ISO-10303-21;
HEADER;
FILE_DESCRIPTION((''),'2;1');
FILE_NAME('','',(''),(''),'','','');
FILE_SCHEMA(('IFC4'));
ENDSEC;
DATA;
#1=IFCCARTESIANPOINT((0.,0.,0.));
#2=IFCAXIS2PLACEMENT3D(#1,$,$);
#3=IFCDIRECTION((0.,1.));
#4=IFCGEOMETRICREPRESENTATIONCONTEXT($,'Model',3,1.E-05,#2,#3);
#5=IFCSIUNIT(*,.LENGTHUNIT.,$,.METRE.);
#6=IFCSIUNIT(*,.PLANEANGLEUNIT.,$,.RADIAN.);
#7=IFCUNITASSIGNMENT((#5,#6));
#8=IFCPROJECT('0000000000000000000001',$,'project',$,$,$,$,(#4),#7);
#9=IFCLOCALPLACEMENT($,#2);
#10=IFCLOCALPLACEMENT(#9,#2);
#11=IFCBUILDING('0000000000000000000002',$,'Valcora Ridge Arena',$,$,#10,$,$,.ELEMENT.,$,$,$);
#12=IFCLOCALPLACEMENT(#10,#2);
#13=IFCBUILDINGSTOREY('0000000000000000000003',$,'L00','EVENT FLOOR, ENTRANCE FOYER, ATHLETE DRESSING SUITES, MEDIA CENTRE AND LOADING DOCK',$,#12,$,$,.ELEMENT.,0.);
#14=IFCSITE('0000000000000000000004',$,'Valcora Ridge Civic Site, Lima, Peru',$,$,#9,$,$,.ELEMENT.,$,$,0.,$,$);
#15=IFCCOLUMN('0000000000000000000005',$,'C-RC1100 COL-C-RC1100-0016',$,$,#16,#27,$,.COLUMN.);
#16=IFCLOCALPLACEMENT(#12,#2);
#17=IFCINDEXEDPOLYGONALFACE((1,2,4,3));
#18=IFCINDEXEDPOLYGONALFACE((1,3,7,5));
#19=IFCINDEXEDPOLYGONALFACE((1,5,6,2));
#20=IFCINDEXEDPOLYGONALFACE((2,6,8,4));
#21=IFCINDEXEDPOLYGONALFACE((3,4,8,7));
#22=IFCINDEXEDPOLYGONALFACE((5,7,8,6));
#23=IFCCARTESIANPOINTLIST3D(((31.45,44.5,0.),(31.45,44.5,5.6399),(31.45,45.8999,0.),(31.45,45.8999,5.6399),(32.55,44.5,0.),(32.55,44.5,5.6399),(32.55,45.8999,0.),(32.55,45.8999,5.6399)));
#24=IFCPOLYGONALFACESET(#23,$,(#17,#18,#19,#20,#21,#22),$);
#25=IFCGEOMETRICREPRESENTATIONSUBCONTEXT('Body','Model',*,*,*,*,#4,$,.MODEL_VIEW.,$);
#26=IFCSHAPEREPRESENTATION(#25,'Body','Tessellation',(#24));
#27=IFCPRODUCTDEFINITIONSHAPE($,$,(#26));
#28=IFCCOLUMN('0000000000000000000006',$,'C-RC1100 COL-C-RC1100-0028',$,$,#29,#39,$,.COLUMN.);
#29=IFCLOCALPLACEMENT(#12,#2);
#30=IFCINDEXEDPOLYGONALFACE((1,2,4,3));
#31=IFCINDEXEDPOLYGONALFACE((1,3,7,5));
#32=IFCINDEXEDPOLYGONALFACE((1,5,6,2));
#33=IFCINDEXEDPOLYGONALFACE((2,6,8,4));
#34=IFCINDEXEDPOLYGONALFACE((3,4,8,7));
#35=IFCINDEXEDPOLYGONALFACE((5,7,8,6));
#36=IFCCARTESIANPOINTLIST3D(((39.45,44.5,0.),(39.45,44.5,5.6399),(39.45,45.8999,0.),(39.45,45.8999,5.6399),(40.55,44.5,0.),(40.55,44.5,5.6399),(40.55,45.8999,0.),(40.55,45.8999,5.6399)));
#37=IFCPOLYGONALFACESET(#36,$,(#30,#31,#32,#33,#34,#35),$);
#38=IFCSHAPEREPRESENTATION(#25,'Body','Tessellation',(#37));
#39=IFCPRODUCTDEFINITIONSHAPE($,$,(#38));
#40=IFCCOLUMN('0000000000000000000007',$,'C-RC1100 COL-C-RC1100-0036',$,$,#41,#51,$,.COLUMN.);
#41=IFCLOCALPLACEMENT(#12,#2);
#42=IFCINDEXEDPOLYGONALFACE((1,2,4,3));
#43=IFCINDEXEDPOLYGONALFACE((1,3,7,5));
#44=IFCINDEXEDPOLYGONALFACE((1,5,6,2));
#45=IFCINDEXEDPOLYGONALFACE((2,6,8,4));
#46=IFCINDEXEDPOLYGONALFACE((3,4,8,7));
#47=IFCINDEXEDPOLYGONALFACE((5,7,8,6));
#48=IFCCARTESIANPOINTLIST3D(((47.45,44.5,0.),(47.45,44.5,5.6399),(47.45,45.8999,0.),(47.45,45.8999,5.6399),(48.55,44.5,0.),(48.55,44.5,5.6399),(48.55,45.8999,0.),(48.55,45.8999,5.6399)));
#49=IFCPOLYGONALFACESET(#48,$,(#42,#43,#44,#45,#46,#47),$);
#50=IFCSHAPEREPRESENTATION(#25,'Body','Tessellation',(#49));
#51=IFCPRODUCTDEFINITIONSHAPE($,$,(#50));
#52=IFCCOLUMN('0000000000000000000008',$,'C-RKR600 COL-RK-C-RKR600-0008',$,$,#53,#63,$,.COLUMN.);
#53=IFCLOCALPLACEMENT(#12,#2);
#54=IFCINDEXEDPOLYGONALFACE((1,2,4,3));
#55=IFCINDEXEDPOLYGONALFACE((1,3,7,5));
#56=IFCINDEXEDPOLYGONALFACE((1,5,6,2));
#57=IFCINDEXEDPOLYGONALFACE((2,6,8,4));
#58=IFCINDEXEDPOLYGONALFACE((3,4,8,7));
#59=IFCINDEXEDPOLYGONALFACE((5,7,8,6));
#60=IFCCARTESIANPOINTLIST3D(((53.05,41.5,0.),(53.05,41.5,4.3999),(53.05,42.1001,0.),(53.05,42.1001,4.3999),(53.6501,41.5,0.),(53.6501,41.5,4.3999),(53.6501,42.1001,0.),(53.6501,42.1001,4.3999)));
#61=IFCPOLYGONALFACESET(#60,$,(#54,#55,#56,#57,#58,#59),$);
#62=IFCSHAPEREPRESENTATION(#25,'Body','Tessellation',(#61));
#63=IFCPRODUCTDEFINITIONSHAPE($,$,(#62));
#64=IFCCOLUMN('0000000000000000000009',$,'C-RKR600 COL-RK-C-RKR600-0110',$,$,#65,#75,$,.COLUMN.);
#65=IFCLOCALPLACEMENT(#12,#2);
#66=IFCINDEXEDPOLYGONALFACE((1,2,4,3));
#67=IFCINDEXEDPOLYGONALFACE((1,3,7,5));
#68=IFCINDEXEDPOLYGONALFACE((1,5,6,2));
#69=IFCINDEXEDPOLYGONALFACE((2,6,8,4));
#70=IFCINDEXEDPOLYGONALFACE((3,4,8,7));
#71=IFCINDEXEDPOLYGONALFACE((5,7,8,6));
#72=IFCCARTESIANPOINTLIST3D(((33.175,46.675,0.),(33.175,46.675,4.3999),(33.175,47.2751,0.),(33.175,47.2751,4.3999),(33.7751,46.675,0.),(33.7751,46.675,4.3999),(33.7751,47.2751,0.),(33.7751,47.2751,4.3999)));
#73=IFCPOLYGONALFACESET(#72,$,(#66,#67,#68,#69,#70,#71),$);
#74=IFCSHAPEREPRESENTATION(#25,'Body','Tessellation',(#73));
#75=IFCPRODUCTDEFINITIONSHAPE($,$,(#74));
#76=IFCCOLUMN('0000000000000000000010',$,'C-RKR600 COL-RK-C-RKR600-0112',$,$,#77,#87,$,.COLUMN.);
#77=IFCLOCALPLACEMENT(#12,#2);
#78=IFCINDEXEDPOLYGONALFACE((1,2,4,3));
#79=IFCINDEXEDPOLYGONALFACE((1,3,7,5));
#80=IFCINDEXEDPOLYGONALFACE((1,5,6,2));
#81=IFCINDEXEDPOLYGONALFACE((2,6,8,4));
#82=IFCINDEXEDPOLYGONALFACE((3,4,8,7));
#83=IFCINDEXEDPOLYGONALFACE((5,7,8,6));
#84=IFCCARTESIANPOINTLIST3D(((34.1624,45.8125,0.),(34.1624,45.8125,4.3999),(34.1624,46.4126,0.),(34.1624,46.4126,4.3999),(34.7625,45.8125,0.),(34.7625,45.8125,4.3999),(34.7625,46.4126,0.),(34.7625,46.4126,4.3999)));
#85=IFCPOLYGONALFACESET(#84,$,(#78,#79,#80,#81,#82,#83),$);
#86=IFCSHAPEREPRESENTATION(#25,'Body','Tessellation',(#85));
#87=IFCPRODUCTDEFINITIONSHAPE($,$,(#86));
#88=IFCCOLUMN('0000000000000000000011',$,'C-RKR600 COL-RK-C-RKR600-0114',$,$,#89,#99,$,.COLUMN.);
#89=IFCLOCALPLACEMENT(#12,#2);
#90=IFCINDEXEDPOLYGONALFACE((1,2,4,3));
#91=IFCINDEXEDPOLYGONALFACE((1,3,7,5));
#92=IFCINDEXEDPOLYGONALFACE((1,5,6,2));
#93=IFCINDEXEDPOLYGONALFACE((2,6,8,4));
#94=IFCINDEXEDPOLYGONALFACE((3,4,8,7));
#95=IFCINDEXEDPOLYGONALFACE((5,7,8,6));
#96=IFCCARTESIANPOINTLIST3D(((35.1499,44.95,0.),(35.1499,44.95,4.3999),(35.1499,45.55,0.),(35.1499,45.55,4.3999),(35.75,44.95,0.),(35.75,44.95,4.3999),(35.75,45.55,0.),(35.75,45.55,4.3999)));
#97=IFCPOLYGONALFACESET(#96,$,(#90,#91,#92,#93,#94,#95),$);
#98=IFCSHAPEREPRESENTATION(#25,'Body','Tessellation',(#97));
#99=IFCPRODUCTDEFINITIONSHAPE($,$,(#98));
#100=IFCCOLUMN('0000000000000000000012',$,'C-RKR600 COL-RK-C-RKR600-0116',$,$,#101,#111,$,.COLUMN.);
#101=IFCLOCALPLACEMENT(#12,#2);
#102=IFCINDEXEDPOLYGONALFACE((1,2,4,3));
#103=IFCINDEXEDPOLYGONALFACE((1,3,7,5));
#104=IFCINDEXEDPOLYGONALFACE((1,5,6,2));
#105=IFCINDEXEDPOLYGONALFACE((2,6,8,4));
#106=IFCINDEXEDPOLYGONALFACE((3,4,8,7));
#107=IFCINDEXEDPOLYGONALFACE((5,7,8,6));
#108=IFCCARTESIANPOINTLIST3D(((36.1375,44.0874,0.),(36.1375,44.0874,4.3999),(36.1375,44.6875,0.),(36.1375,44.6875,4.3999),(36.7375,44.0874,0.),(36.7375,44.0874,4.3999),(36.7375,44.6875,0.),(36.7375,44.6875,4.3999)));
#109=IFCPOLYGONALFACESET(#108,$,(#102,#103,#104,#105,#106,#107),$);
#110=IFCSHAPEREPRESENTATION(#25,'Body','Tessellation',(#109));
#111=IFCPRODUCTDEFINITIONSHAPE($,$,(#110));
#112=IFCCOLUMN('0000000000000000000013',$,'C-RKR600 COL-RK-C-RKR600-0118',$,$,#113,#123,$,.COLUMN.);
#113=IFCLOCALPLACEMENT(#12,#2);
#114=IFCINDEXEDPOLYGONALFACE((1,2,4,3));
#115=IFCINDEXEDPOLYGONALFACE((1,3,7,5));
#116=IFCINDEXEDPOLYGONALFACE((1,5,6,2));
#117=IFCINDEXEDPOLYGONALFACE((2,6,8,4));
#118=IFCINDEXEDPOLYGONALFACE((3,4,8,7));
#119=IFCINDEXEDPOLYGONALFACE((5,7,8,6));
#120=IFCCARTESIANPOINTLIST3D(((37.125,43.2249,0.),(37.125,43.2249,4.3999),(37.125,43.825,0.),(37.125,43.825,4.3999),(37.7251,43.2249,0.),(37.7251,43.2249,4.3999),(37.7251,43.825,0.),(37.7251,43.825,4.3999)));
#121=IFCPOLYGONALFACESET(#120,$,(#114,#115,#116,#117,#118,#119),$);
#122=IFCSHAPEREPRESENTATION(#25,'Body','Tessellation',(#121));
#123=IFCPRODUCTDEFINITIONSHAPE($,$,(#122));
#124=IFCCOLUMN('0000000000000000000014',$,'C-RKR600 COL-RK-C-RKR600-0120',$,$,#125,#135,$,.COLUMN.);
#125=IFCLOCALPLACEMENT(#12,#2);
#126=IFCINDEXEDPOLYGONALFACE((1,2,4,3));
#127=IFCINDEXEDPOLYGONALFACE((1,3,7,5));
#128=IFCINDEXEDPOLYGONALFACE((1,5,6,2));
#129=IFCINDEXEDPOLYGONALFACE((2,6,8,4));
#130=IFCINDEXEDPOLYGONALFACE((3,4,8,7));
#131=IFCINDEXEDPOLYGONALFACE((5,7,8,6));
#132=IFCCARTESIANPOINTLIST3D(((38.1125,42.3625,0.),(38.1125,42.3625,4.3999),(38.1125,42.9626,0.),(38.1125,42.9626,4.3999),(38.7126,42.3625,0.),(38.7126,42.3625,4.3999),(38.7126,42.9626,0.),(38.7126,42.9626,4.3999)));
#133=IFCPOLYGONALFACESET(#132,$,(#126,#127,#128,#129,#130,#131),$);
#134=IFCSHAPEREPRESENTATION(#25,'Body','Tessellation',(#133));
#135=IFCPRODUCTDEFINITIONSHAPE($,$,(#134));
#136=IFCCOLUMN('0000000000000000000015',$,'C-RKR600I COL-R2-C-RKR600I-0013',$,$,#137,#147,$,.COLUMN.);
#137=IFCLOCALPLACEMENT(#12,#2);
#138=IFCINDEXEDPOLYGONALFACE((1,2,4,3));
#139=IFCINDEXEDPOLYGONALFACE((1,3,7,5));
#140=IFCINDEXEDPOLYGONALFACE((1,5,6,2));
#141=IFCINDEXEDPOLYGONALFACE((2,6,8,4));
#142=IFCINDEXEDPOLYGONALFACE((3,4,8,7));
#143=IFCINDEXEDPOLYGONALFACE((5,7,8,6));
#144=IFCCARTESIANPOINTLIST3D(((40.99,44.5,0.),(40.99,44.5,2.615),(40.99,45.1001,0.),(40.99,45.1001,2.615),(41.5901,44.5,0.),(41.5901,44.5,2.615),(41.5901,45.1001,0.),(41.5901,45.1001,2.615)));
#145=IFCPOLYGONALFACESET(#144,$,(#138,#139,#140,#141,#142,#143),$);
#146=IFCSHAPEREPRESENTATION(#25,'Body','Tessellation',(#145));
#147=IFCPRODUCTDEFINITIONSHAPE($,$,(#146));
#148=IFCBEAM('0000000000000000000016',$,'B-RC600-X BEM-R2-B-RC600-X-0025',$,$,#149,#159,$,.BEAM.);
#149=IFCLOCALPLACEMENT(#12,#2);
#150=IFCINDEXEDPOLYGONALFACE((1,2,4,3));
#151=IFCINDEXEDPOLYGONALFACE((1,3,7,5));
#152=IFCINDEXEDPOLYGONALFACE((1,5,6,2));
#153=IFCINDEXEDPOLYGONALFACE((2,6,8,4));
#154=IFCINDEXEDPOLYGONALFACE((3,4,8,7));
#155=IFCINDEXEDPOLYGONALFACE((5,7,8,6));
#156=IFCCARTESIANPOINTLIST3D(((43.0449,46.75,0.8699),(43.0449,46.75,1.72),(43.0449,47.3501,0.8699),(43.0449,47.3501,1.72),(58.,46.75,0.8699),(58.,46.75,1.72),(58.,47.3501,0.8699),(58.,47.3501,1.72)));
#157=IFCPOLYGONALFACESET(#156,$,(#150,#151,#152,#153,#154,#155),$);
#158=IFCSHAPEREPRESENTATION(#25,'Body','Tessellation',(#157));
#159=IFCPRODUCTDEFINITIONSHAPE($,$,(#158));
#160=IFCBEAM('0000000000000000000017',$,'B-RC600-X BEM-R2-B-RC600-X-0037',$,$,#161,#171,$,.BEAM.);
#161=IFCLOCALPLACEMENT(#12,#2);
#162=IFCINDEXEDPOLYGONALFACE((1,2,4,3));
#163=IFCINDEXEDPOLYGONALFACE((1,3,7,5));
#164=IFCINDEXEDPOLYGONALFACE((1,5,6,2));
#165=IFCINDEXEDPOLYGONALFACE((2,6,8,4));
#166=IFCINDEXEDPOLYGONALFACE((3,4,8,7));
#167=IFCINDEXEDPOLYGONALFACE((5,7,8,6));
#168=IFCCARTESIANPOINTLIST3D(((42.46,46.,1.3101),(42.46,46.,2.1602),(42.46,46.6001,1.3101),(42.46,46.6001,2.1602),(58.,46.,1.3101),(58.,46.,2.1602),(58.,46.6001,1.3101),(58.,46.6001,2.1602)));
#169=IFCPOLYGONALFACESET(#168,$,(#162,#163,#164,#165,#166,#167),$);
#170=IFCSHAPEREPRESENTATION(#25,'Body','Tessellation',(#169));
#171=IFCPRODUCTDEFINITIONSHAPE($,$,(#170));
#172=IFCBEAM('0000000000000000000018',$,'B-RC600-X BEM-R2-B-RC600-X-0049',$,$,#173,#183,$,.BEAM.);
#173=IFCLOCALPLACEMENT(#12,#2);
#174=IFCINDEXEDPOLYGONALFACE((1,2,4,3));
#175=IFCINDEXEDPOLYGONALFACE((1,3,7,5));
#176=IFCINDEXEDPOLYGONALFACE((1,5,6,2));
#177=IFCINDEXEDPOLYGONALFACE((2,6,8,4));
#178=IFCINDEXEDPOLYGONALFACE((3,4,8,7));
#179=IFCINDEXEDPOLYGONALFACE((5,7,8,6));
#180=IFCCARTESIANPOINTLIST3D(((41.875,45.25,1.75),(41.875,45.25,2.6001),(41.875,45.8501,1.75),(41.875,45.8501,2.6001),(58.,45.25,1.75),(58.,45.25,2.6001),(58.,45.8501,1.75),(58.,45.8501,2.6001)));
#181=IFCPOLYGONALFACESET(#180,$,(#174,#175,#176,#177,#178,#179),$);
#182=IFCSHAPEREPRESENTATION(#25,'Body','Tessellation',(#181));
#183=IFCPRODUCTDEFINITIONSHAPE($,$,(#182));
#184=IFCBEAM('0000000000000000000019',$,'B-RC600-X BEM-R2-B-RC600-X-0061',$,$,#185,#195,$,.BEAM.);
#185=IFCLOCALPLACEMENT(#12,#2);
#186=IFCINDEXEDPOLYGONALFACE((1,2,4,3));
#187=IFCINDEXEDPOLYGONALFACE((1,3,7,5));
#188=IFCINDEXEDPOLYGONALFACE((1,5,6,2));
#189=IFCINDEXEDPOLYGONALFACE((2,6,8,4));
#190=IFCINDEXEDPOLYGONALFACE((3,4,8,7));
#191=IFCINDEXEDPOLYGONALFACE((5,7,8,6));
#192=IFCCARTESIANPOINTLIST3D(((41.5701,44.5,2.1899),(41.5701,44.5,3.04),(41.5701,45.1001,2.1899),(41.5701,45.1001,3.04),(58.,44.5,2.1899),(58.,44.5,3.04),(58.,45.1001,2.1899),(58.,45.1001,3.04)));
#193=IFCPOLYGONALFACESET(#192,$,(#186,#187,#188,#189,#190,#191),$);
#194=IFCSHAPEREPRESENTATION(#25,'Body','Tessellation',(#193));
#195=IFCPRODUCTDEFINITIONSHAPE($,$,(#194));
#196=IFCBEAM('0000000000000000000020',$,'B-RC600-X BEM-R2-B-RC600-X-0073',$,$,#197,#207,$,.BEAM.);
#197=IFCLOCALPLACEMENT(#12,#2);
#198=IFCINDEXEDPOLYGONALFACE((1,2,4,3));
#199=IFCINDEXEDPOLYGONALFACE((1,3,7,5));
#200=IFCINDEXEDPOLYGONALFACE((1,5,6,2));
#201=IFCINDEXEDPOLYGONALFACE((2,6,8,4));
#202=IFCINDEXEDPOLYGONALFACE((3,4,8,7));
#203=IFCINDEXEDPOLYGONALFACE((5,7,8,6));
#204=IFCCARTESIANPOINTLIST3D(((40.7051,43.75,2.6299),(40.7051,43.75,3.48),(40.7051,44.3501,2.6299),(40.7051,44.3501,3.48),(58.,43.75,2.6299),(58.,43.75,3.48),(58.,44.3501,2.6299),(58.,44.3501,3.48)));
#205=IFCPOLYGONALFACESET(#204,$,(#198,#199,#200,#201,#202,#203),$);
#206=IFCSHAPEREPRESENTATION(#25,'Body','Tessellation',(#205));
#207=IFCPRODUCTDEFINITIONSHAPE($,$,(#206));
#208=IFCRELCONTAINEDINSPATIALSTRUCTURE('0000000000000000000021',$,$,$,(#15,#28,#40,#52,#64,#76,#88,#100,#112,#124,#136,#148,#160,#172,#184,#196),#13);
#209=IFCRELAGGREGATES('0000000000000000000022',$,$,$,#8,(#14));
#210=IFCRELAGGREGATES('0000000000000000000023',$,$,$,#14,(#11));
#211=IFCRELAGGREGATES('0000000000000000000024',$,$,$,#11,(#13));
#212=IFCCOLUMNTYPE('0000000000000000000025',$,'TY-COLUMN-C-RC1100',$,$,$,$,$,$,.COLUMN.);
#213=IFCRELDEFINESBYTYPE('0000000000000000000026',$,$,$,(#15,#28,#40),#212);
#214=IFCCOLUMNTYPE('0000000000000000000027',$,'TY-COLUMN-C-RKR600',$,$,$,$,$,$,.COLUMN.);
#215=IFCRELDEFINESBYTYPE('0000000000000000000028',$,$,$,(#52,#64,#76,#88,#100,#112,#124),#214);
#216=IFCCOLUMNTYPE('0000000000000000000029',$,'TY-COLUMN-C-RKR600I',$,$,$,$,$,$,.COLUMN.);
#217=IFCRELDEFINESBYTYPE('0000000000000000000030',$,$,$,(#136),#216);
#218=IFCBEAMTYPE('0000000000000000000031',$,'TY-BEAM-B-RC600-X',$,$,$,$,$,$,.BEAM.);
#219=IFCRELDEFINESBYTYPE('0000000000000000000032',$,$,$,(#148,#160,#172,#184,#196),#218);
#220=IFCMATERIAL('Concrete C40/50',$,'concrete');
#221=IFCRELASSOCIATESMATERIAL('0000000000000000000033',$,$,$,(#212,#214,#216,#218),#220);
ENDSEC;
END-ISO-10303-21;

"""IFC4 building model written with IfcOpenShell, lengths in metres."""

from ifc_helpers import new_model, si_unit, direction, frame, origin, origin_2d, place, context, subcontext, project, spatial, rectangle, extrude, material, material_profile, profile_set, type_object, element, save


model = new_model("IFC4")

# Units and contexts
model_context = context("Model", 3, precision=1e-05, world=origin(), true_north=direction((0.0, 1.0)))
body_context = subcontext(model_context, "Body", "Model", "MODEL_VIEW")
ifc_project = project(units=[si_unit("LENGTHUNIT", "METRE"), si_unit("PLANEANGLEUNIT", "RADIAN")], contexts=[model_context])

# Site, building, storey
site_placement = place(None, origin())
site = spatial("IfcSite", under=ifc_project, at=site_placement, Name="Valcora Ridge Civic Site, Lima, Peru", CompositionType="ELEMENT", RefElevation=0.0)
building_placement = place(site_placement, origin())
building = spatial("IfcBuilding", under=site, at=building_placement, Name="Valcora Ridge Arena", CompositionType="ELEMENT")
storey_placement = place(building_placement, origin())
storey = spatial("IfcBuildingStorey", under=building, at=storey_placement, Name="L00", Description="EVENT FLOOR, ENTRANCE FOYER, ATHLETE DRESSING SUITES, MEDIA CENTRE AND LOADING DOCK", CompositionType="ELEMENT", Elevation=0.0)

# Columns
ifc_material_1 = material(Name="Concrete C40/50", Category="concrete")
ifc_material_profile_1 = material_profile(ifc_material_1, rectangle(XDim=1.1001, YDim=1.3999, at=origin_2d()), Name="RC 1100x1400")
ifc_profile_set_1 = profile_set([ifc_material_profile_1], Name="Concrete C40/50")
column_type_1 = type_object("IfcColumnType", Name="TY-COLUMN-C-RC1100", PredefinedType="COLUMN", material=ifc_profile_set_1)
for number, where, z_axis, x_axis, name in (
    (1, (32.0, 45.2, 0.0), (0.0, 0.0, 1.0), (1.0, 0.0, 0.0), "C-RC1100 COL-C-RC1100-0016"),
    (2, (40.0, 45.2, 0.0), (0.0, 0.0, 1.0), (1.0, 0.0, 0.0), "C-RC1100 COL-C-RC1100-0028"),
    (3, (48.0, 45.2, 0.0), (0.0, 0.0, 1.0), (1.0, 0.0, 0.0), "C-RC1100 COL-C-RC1100-0036"),
):
    element("IfcColumn", number, at=place(storey_placement, frame(where, z_axis=z_axis, x_axis=x_axis)), inside=storey, type_object=column_type_1, Name=name, PredefinedType="COLUMN", context=body_context, shape_type="SweptSolid", body=[
        extrude(rectangle(XDim=1.1001, YDim=1.3999, at=origin_2d()), origin(), (0.0, 0.0, 1.0), 5.6399),
    ])
ifc_material_profile_2 = material_profile(ifc_material_1, rectangle(XDim=0.6001, YDim=0.6001, at=origin_2d()), Name="RC 600x600")
ifc_profile_set_2 = profile_set([ifc_material_profile_2], Name="Concrete C40/50")
column_type_2 = type_object("IfcColumnType", Name="TY-COLUMN-C-RKR600", PredefinedType="COLUMN", material=ifc_profile_set_2)
for number, where, z_axis, x_axis, name in (
    (4, (53.3501, 41.8, 0.0), (0.0, 0.0, 1.0), (1.0, 0.0, 0.0), "C-RKR600 COL-RK-C-RKR600-0008"),
    (5, (33.4751, 46.9751, 0.0), (0.0, 0.0, 1.0), (1.0, 0.0, 0.0), "C-RKR600 COL-RK-C-RKR600-0110"),
    (6, (34.4624, 46.1125, 0.0), (0.0, 0.0, 1.0), (1.0, 0.0, 0.0), "C-RKR600 COL-RK-C-RKR600-0112"),
    (7, (35.45, 45.25, 0.0), (0.0, 0.0, 1.0), (1.0, 0.0, 0.0), "C-RKR600 COL-RK-C-RKR600-0114"),
    (8, (36.4375, 44.3875, 0.0), (0.0, 0.0, 1.0), (1.0, 0.0, 0.0), "C-RKR600 COL-RK-C-RKR600-0116"),
    (9, (37.425, 43.5249, 0.0), (0.0, 0.0, 1.0), (1.0, 0.0, 0.0), "C-RKR600 COL-RK-C-RKR600-0118"),
    (10, (38.4126, 42.6626, 0.0), (0.0, 0.0, 1.0), (1.0, 0.0, 0.0), "C-RKR600 COL-RK-C-RKR600-0120"),
):
    element("IfcColumn", number, at=place(storey_placement, frame(where, z_axis=z_axis, x_axis=x_axis)), inside=storey, type_object=column_type_2, Name=name, PredefinedType="COLUMN", context=body_context, shape_type="SweptSolid", body=[
        extrude(rectangle(XDim=0.6001, YDim=0.6001, at=origin_2d()), origin(), (0.0, 0.0, 1.0), 4.3999),
    ])
ifc_material_profile_3 = material_profile(ifc_material_1, rectangle(XDim=0.6001, YDim=0.6001, at=origin_2d()), Name="RC 600x600")
ifc_profile_set_3 = profile_set([ifc_material_profile_3], Name="Concrete C40/50")
column_type_3 = type_object("IfcColumnType", Name="TY-COLUMN-C-RKR600I", PredefinedType="COLUMN", material=ifc_profile_set_3)
column_placement = place(storey_placement, frame((41.29, 44.8, 0.0), z_axis=(0.0, 0.0, 1.0), x_axis=(1.0, 0.0, 0.0)))
element("IfcColumn", 11, at=column_placement, inside=storey, type_object=column_type_3, Name="C-RKR600I COL-R2-C-RKR600I-0013", PredefinedType="COLUMN", context=body_context, shape_type="SweptSolid", body=[
    extrude(rectangle(XDim=0.6001, YDim=0.6001, at=origin_2d()), origin(), (0.0, 0.0, 1.0), 2.615),
])

# Beams
ifc_material_profile_4 = material_profile(ifc_material_1, rectangle(XDim=0.6001, YDim=0.8501, at=origin_2d()), Name="RC 600x850")
ifc_profile_set_4 = profile_set([ifc_material_profile_4], Name="Concrete C40/50")
beam_type = type_object("IfcBeamType", Name="TY-BEAM-B-RC600-X", PredefinedType="BEAM", material=ifc_profile_set_4)
beam_1_placement = place(storey_placement, frame((43.0449, 47.05, 1.2949), z_axis=(1.0, 0.0, 0.0), x_axis=(0.0, 1.0, 0.0)))
element("IfcBeam", 12, at=beam_1_placement, inside=storey, type_object=beam_type, Name="B-RC600-X BEM-R2-B-RC600-X-0025", PredefinedType="BEAM", context=body_context, shape_type="SweptSolid", body=[
    extrude(rectangle(XDim=0.6001, YDim=0.8501, at=origin_2d()), origin(), (0.0, 0.0, 1.0), 14.9551),
])
beam_2_placement = place(storey_placement, frame((42.46, 46.3, 1.7351), z_axis=(1.0, 0.0, 0.0), x_axis=(0.0, 1.0, 0.0)))
element("IfcBeam", 13, at=beam_2_placement, inside=storey, type_object=beam_type, Name="B-RC600-X BEM-R2-B-RC600-X-0037", PredefinedType="BEAM", context=body_context, shape_type="SweptSolid", body=[
    extrude(rectangle(XDim=0.6001, YDim=0.8501, at=origin_2d()), origin(), (0.0, 0.0, 1.0), 15.54),
])
beam_3_placement = place(storey_placement, frame((41.875, 45.55, 2.175), z_axis=(1.0, 0.0, 0.0), x_axis=(0.0, 1.0, 0.0)))
element("IfcBeam", 14, at=beam_3_placement, inside=storey, type_object=beam_type, Name="B-RC600-X BEM-R2-B-RC600-X-0049", PredefinedType="BEAM", context=body_context, shape_type="SweptSolid", body=[
    extrude(rectangle(XDim=0.6001, YDim=0.8501, at=origin_2d()), origin(), (0.0, 0.0, 1.0), 16.125),
])
beam_4_placement = place(storey_placement, frame((41.5701, 44.8, 2.615), z_axis=(1.0, 0.0, 0.0), x_axis=(0.0, 1.0, 0.0)))
element("IfcBeam", 15, at=beam_4_placement, inside=storey, type_object=beam_type, Name="B-RC600-X BEM-R2-B-RC600-X-0061", PredefinedType="BEAM", context=body_context, shape_type="SweptSolid", body=[
    extrude(rectangle(XDim=0.6001, YDim=0.8501, at=origin_2d()), origin(), (0.0, 0.0, 1.0), 16.4299),
])
beam_5_placement = place(storey_placement, frame((40.7051, 44.05, 3.0549), z_axis=(1.0, 0.0, 0.0), x_axis=(0.0, 1.0, 0.0)))
element("IfcBeam", 16, at=beam_5_placement, inside=storey, type_object=beam_type, Name="B-RC600-X BEM-R2-B-RC600-X-0073", PredefinedType="BEAM", context=body_context, shape_type="SweptSolid", body=[
    extrude(rectangle(XDim=0.6001, YDim=0.8501, at=origin_2d()), origin(), (0.0, 0.0, 1.0), 17.2949),
])

save(model, "model.ifc")
